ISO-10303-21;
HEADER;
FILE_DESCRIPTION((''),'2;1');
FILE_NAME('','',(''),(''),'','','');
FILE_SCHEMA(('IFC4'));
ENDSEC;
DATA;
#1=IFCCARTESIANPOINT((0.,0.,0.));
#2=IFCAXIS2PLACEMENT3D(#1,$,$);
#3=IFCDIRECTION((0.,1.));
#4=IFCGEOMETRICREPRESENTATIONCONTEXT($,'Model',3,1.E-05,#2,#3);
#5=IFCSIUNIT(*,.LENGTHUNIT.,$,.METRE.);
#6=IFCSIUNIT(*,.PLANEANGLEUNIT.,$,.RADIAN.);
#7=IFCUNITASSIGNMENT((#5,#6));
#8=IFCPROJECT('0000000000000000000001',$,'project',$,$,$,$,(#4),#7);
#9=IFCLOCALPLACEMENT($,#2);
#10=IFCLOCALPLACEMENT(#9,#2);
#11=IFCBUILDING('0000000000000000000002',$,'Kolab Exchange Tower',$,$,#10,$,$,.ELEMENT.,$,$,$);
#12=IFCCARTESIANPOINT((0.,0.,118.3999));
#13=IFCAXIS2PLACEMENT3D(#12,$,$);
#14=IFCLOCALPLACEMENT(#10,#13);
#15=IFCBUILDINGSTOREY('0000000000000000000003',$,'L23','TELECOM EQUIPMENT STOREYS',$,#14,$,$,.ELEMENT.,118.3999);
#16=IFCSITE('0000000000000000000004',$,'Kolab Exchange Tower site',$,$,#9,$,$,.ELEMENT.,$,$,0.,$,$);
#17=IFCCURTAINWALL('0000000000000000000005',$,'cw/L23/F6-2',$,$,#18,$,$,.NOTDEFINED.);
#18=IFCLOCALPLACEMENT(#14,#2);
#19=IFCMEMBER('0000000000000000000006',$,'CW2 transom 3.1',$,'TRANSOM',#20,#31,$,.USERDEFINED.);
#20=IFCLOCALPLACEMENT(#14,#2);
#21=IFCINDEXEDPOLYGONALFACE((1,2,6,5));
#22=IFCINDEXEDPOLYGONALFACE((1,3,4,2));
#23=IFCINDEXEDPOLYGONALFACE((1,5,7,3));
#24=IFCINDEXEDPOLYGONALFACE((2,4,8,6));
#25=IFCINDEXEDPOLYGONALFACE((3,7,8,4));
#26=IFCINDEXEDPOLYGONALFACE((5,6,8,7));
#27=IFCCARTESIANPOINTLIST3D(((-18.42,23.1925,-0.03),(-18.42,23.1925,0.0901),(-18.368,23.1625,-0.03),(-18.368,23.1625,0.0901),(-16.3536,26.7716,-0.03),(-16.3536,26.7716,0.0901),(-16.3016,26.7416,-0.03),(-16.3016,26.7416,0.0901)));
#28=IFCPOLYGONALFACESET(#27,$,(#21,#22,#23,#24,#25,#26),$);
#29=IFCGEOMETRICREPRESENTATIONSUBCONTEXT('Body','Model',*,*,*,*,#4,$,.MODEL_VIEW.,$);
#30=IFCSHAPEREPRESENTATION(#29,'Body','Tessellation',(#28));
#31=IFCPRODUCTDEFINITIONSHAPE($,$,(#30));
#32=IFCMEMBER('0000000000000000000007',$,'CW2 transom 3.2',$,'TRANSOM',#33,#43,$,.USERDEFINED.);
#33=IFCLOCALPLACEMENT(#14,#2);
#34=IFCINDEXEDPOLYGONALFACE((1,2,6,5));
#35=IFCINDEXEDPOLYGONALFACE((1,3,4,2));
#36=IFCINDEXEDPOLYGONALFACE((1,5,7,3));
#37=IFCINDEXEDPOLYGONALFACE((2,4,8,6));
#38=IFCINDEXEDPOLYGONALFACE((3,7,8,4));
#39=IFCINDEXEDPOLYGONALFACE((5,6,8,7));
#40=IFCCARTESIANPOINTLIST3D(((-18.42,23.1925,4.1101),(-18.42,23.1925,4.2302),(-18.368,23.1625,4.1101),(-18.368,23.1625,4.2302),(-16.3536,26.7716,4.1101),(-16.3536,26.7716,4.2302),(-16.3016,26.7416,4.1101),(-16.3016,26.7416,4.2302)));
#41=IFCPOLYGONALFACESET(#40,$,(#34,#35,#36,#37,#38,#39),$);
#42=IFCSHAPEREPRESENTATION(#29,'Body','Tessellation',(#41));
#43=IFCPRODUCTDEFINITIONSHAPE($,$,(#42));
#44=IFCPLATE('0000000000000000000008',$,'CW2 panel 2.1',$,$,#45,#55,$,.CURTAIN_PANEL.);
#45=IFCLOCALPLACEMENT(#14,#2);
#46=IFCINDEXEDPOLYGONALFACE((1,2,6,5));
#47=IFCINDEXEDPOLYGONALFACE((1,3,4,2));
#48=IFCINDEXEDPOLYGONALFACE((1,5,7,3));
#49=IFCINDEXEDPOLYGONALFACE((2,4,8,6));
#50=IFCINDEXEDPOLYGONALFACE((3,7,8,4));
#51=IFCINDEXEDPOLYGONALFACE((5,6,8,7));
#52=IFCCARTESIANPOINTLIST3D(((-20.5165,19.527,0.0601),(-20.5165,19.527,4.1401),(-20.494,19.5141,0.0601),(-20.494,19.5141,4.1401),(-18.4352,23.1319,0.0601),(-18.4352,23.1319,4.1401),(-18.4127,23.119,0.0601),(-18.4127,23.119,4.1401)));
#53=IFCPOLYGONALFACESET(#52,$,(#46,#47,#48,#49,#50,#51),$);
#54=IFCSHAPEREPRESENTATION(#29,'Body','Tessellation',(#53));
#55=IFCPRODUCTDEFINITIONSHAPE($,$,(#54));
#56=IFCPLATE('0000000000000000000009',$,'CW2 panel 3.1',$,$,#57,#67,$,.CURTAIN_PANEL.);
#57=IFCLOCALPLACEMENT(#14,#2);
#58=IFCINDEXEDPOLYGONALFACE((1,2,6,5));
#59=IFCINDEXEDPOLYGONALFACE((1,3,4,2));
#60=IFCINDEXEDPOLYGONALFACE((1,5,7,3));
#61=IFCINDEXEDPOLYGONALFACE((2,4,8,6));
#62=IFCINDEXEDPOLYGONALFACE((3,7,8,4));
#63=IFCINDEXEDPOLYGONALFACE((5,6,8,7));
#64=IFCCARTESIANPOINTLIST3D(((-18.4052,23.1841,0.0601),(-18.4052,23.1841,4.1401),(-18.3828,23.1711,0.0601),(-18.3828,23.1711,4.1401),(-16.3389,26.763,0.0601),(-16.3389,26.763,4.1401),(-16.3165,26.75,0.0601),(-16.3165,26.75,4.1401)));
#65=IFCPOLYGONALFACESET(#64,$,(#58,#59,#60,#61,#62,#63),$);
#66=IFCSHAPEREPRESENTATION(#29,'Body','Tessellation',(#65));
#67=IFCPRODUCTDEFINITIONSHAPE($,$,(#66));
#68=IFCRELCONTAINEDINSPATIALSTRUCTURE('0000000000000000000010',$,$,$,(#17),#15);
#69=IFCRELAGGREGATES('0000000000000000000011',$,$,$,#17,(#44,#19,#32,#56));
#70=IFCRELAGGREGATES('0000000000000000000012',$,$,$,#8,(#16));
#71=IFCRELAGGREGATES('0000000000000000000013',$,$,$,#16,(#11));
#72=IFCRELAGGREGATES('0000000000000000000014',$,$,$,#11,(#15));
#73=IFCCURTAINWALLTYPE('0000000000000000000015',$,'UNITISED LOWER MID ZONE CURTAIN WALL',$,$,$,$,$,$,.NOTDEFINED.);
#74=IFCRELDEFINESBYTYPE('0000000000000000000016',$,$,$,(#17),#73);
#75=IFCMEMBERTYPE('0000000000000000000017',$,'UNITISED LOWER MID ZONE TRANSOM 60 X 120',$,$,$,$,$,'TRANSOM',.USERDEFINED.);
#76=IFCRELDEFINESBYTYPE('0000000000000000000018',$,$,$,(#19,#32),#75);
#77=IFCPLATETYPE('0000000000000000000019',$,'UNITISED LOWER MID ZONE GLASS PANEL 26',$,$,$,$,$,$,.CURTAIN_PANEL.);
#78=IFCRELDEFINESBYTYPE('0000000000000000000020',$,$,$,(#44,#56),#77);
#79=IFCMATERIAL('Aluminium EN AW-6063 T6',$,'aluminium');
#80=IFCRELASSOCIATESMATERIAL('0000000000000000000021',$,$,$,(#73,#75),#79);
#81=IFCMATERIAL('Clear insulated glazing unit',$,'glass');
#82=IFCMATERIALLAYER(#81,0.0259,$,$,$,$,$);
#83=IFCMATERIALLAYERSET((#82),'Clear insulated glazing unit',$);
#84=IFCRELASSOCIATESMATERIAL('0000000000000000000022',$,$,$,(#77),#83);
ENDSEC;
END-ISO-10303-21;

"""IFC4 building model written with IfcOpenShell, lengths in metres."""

from ifc_helpers import new_model, si_unit, direction, frame, origin, origin_2d, place, context, subcontext, project, spatial, rectangle, extrude, material, layer, layer_set, material_profile, profile_set, type_object, element, aggregate, save


model = new_model("IFC4")

# Units and contexts
model_context = context("Model", 3, precision=1e-05, world=origin(), true_north=direction((0.0, 1.0)))
body_context = subcontext(model_context, "Body", "Model", "MODEL_VIEW")
ifc_project = project(units=[si_unit("LENGTHUNIT", "METRE"), si_unit("PLANEANGLEUNIT", "RADIAN")], contexts=[model_context])

# Site, building, storey
site_placement = place(None, origin())
site = spatial("IfcSite", under=ifc_project, at=site_placement, Name="Kolab Exchange Tower site", CompositionType="ELEMENT", RefElevation=0.0)
building_placement = place(site_placement, origin())
building = spatial("IfcBuilding", under=site, at=building_placement, Name="Kolab Exchange Tower", CompositionType="ELEMENT")
storey_placement = place(building_placement, frame((0.0, 0.0, 118.3999)))
storey = spatial("IfcBuildingStorey", under=building, at=storey_placement, Name="L23", Description="TELECOM EQUIPMENT STOREYS", CompositionType="ELEMENT", Elevation=118.3999)

# Curtain wall, members, plates
ifc_material_1 = material(Name="Aluminium EN AW-6063 T6", Category="aluminium")
curtain_wall_type = type_object("IfcCurtainWallType", Name="UNITISED LOWER MID ZONE CURTAIN WALL", PredefinedType="NOTDEFINED", material=ifc_material_1)
curtain_wall_placement = place(storey_placement, origin())
curtain_wall = element("IfcCurtainWall", 1, at=curtain_wall_placement, inside=storey, type_object=curtain_wall_type, Name="cw/L23/F6-2", PredefinedType="NOTDEFINED")
ifc_material_profile_1 = material_profile(ifc_material_1, rectangle(XDim=0.0601, YDim=0.1201, at=origin_2d()), Name="RECT 60X120")
ifc_profile_set_1 = profile_set([ifc_material_profile_1], Name="Aluminium EN AW-6063 T6")
member_type_1 = type_object("IfcMemberType", Name="UNITISED LOWER MID ZONE TRANSOM 60 X 120", ElementType="TRANSOM", PredefinedType="USERDEFINED", material=ifc_profile_set_1)
member_1_placement = place(storey_placement, frame((-18.394, 23.1775, 0.03), z_axis=(0.500002, 0.866024, 0.0), x_axis=(-0.866024, 0.500002, 0.0)))
member_1 = element("IfcMember", 2, at=member_1_placement, type_object=member_type_1, Name="CW2 transom 3.1", ObjectType="TRANSOM", PredefinedType="USERDEFINED", context=body_context, shape_type="SweptSolid", body=[
    extrude(rectangle(XDim=0.0601, YDim=0.1201, at=origin_2d()), origin(), (0.0, 0.0, 1.0), 4.1328),
])
member_2_placement = place(storey_placement, frame((-18.394, 23.1775, 4.1702), z_axis=(0.500002, 0.866024, 0.0), x_axis=(-0.866024, 0.500002, 0.0)))
member_2 = element("IfcMember", 3, at=member_2_placement, type_object=member_type_1, Name="CW2 transom 3.2", ObjectType="TRANSOM", PredefinedType="USERDEFINED", context=body_context, shape_type="SweptSolid", body=[
    extrude(rectangle(XDim=0.0601, YDim=0.1201, at=origin_2d()), origin(), (0.0, 0.0, 1.0), 4.1328),
])
ifc_material_2 = material(Name="Clear insulated glazing unit", Category="glass")
ifc_layer = layer(ifc_material_2, 0.0259)
ifc_layer_set = layer_set([ifc_layer], Name="Clear insulated glazing unit")
plate_type = type_object("IfcPlateType", Name="UNITISED LOWER MID ZONE GLASS PANEL 26", PredefinedType="CURTAIN_PANEL", material=ifc_layer_set)
plate_1_placement = place(storey_placement, frame((-19.4646, 21.323, 0.0601), z_axis=(0.0, 0.0, 1.0), x_axis=(0.5, 0.866025, 0.0)))
plate_1 = element("IfcPlate", 4, at=plate_1_placement, type_object=plate_type, Name="CW2 panel 2.1", PredefinedType="CURTAIN_PANEL", context=body_context, shape_type="SweptSolid", body=[
    extrude(rectangle(XDim=4.1626, YDim=0.0259, at=origin_2d()), origin(), (0.0, 0.0, 1.0), 4.0801),
])
plate_2_placement = place(storey_placement, frame((-17.3608, 24.967, 0.0601), z_axis=(0.0, 0.0, 1.0), x_axis=(0.5, 0.866025, 0.0)))
plate_2 = element("IfcPlate", 5, at=plate_2_placement, type_object=plate_type, Name="CW2 panel 3.1", PredefinedType="CURTAIN_PANEL", context=body_context, shape_type="SweptSolid", body=[
    extrude(rectangle(XDim=4.1326, YDim=0.0259, at=origin_2d()), origin(), (0.0, 0.0, 1.0), 4.0801),
])
aggregate(curtain_wall, [plate_1, member_1, member_2, plate_2])

save(model, "model.ifc")
